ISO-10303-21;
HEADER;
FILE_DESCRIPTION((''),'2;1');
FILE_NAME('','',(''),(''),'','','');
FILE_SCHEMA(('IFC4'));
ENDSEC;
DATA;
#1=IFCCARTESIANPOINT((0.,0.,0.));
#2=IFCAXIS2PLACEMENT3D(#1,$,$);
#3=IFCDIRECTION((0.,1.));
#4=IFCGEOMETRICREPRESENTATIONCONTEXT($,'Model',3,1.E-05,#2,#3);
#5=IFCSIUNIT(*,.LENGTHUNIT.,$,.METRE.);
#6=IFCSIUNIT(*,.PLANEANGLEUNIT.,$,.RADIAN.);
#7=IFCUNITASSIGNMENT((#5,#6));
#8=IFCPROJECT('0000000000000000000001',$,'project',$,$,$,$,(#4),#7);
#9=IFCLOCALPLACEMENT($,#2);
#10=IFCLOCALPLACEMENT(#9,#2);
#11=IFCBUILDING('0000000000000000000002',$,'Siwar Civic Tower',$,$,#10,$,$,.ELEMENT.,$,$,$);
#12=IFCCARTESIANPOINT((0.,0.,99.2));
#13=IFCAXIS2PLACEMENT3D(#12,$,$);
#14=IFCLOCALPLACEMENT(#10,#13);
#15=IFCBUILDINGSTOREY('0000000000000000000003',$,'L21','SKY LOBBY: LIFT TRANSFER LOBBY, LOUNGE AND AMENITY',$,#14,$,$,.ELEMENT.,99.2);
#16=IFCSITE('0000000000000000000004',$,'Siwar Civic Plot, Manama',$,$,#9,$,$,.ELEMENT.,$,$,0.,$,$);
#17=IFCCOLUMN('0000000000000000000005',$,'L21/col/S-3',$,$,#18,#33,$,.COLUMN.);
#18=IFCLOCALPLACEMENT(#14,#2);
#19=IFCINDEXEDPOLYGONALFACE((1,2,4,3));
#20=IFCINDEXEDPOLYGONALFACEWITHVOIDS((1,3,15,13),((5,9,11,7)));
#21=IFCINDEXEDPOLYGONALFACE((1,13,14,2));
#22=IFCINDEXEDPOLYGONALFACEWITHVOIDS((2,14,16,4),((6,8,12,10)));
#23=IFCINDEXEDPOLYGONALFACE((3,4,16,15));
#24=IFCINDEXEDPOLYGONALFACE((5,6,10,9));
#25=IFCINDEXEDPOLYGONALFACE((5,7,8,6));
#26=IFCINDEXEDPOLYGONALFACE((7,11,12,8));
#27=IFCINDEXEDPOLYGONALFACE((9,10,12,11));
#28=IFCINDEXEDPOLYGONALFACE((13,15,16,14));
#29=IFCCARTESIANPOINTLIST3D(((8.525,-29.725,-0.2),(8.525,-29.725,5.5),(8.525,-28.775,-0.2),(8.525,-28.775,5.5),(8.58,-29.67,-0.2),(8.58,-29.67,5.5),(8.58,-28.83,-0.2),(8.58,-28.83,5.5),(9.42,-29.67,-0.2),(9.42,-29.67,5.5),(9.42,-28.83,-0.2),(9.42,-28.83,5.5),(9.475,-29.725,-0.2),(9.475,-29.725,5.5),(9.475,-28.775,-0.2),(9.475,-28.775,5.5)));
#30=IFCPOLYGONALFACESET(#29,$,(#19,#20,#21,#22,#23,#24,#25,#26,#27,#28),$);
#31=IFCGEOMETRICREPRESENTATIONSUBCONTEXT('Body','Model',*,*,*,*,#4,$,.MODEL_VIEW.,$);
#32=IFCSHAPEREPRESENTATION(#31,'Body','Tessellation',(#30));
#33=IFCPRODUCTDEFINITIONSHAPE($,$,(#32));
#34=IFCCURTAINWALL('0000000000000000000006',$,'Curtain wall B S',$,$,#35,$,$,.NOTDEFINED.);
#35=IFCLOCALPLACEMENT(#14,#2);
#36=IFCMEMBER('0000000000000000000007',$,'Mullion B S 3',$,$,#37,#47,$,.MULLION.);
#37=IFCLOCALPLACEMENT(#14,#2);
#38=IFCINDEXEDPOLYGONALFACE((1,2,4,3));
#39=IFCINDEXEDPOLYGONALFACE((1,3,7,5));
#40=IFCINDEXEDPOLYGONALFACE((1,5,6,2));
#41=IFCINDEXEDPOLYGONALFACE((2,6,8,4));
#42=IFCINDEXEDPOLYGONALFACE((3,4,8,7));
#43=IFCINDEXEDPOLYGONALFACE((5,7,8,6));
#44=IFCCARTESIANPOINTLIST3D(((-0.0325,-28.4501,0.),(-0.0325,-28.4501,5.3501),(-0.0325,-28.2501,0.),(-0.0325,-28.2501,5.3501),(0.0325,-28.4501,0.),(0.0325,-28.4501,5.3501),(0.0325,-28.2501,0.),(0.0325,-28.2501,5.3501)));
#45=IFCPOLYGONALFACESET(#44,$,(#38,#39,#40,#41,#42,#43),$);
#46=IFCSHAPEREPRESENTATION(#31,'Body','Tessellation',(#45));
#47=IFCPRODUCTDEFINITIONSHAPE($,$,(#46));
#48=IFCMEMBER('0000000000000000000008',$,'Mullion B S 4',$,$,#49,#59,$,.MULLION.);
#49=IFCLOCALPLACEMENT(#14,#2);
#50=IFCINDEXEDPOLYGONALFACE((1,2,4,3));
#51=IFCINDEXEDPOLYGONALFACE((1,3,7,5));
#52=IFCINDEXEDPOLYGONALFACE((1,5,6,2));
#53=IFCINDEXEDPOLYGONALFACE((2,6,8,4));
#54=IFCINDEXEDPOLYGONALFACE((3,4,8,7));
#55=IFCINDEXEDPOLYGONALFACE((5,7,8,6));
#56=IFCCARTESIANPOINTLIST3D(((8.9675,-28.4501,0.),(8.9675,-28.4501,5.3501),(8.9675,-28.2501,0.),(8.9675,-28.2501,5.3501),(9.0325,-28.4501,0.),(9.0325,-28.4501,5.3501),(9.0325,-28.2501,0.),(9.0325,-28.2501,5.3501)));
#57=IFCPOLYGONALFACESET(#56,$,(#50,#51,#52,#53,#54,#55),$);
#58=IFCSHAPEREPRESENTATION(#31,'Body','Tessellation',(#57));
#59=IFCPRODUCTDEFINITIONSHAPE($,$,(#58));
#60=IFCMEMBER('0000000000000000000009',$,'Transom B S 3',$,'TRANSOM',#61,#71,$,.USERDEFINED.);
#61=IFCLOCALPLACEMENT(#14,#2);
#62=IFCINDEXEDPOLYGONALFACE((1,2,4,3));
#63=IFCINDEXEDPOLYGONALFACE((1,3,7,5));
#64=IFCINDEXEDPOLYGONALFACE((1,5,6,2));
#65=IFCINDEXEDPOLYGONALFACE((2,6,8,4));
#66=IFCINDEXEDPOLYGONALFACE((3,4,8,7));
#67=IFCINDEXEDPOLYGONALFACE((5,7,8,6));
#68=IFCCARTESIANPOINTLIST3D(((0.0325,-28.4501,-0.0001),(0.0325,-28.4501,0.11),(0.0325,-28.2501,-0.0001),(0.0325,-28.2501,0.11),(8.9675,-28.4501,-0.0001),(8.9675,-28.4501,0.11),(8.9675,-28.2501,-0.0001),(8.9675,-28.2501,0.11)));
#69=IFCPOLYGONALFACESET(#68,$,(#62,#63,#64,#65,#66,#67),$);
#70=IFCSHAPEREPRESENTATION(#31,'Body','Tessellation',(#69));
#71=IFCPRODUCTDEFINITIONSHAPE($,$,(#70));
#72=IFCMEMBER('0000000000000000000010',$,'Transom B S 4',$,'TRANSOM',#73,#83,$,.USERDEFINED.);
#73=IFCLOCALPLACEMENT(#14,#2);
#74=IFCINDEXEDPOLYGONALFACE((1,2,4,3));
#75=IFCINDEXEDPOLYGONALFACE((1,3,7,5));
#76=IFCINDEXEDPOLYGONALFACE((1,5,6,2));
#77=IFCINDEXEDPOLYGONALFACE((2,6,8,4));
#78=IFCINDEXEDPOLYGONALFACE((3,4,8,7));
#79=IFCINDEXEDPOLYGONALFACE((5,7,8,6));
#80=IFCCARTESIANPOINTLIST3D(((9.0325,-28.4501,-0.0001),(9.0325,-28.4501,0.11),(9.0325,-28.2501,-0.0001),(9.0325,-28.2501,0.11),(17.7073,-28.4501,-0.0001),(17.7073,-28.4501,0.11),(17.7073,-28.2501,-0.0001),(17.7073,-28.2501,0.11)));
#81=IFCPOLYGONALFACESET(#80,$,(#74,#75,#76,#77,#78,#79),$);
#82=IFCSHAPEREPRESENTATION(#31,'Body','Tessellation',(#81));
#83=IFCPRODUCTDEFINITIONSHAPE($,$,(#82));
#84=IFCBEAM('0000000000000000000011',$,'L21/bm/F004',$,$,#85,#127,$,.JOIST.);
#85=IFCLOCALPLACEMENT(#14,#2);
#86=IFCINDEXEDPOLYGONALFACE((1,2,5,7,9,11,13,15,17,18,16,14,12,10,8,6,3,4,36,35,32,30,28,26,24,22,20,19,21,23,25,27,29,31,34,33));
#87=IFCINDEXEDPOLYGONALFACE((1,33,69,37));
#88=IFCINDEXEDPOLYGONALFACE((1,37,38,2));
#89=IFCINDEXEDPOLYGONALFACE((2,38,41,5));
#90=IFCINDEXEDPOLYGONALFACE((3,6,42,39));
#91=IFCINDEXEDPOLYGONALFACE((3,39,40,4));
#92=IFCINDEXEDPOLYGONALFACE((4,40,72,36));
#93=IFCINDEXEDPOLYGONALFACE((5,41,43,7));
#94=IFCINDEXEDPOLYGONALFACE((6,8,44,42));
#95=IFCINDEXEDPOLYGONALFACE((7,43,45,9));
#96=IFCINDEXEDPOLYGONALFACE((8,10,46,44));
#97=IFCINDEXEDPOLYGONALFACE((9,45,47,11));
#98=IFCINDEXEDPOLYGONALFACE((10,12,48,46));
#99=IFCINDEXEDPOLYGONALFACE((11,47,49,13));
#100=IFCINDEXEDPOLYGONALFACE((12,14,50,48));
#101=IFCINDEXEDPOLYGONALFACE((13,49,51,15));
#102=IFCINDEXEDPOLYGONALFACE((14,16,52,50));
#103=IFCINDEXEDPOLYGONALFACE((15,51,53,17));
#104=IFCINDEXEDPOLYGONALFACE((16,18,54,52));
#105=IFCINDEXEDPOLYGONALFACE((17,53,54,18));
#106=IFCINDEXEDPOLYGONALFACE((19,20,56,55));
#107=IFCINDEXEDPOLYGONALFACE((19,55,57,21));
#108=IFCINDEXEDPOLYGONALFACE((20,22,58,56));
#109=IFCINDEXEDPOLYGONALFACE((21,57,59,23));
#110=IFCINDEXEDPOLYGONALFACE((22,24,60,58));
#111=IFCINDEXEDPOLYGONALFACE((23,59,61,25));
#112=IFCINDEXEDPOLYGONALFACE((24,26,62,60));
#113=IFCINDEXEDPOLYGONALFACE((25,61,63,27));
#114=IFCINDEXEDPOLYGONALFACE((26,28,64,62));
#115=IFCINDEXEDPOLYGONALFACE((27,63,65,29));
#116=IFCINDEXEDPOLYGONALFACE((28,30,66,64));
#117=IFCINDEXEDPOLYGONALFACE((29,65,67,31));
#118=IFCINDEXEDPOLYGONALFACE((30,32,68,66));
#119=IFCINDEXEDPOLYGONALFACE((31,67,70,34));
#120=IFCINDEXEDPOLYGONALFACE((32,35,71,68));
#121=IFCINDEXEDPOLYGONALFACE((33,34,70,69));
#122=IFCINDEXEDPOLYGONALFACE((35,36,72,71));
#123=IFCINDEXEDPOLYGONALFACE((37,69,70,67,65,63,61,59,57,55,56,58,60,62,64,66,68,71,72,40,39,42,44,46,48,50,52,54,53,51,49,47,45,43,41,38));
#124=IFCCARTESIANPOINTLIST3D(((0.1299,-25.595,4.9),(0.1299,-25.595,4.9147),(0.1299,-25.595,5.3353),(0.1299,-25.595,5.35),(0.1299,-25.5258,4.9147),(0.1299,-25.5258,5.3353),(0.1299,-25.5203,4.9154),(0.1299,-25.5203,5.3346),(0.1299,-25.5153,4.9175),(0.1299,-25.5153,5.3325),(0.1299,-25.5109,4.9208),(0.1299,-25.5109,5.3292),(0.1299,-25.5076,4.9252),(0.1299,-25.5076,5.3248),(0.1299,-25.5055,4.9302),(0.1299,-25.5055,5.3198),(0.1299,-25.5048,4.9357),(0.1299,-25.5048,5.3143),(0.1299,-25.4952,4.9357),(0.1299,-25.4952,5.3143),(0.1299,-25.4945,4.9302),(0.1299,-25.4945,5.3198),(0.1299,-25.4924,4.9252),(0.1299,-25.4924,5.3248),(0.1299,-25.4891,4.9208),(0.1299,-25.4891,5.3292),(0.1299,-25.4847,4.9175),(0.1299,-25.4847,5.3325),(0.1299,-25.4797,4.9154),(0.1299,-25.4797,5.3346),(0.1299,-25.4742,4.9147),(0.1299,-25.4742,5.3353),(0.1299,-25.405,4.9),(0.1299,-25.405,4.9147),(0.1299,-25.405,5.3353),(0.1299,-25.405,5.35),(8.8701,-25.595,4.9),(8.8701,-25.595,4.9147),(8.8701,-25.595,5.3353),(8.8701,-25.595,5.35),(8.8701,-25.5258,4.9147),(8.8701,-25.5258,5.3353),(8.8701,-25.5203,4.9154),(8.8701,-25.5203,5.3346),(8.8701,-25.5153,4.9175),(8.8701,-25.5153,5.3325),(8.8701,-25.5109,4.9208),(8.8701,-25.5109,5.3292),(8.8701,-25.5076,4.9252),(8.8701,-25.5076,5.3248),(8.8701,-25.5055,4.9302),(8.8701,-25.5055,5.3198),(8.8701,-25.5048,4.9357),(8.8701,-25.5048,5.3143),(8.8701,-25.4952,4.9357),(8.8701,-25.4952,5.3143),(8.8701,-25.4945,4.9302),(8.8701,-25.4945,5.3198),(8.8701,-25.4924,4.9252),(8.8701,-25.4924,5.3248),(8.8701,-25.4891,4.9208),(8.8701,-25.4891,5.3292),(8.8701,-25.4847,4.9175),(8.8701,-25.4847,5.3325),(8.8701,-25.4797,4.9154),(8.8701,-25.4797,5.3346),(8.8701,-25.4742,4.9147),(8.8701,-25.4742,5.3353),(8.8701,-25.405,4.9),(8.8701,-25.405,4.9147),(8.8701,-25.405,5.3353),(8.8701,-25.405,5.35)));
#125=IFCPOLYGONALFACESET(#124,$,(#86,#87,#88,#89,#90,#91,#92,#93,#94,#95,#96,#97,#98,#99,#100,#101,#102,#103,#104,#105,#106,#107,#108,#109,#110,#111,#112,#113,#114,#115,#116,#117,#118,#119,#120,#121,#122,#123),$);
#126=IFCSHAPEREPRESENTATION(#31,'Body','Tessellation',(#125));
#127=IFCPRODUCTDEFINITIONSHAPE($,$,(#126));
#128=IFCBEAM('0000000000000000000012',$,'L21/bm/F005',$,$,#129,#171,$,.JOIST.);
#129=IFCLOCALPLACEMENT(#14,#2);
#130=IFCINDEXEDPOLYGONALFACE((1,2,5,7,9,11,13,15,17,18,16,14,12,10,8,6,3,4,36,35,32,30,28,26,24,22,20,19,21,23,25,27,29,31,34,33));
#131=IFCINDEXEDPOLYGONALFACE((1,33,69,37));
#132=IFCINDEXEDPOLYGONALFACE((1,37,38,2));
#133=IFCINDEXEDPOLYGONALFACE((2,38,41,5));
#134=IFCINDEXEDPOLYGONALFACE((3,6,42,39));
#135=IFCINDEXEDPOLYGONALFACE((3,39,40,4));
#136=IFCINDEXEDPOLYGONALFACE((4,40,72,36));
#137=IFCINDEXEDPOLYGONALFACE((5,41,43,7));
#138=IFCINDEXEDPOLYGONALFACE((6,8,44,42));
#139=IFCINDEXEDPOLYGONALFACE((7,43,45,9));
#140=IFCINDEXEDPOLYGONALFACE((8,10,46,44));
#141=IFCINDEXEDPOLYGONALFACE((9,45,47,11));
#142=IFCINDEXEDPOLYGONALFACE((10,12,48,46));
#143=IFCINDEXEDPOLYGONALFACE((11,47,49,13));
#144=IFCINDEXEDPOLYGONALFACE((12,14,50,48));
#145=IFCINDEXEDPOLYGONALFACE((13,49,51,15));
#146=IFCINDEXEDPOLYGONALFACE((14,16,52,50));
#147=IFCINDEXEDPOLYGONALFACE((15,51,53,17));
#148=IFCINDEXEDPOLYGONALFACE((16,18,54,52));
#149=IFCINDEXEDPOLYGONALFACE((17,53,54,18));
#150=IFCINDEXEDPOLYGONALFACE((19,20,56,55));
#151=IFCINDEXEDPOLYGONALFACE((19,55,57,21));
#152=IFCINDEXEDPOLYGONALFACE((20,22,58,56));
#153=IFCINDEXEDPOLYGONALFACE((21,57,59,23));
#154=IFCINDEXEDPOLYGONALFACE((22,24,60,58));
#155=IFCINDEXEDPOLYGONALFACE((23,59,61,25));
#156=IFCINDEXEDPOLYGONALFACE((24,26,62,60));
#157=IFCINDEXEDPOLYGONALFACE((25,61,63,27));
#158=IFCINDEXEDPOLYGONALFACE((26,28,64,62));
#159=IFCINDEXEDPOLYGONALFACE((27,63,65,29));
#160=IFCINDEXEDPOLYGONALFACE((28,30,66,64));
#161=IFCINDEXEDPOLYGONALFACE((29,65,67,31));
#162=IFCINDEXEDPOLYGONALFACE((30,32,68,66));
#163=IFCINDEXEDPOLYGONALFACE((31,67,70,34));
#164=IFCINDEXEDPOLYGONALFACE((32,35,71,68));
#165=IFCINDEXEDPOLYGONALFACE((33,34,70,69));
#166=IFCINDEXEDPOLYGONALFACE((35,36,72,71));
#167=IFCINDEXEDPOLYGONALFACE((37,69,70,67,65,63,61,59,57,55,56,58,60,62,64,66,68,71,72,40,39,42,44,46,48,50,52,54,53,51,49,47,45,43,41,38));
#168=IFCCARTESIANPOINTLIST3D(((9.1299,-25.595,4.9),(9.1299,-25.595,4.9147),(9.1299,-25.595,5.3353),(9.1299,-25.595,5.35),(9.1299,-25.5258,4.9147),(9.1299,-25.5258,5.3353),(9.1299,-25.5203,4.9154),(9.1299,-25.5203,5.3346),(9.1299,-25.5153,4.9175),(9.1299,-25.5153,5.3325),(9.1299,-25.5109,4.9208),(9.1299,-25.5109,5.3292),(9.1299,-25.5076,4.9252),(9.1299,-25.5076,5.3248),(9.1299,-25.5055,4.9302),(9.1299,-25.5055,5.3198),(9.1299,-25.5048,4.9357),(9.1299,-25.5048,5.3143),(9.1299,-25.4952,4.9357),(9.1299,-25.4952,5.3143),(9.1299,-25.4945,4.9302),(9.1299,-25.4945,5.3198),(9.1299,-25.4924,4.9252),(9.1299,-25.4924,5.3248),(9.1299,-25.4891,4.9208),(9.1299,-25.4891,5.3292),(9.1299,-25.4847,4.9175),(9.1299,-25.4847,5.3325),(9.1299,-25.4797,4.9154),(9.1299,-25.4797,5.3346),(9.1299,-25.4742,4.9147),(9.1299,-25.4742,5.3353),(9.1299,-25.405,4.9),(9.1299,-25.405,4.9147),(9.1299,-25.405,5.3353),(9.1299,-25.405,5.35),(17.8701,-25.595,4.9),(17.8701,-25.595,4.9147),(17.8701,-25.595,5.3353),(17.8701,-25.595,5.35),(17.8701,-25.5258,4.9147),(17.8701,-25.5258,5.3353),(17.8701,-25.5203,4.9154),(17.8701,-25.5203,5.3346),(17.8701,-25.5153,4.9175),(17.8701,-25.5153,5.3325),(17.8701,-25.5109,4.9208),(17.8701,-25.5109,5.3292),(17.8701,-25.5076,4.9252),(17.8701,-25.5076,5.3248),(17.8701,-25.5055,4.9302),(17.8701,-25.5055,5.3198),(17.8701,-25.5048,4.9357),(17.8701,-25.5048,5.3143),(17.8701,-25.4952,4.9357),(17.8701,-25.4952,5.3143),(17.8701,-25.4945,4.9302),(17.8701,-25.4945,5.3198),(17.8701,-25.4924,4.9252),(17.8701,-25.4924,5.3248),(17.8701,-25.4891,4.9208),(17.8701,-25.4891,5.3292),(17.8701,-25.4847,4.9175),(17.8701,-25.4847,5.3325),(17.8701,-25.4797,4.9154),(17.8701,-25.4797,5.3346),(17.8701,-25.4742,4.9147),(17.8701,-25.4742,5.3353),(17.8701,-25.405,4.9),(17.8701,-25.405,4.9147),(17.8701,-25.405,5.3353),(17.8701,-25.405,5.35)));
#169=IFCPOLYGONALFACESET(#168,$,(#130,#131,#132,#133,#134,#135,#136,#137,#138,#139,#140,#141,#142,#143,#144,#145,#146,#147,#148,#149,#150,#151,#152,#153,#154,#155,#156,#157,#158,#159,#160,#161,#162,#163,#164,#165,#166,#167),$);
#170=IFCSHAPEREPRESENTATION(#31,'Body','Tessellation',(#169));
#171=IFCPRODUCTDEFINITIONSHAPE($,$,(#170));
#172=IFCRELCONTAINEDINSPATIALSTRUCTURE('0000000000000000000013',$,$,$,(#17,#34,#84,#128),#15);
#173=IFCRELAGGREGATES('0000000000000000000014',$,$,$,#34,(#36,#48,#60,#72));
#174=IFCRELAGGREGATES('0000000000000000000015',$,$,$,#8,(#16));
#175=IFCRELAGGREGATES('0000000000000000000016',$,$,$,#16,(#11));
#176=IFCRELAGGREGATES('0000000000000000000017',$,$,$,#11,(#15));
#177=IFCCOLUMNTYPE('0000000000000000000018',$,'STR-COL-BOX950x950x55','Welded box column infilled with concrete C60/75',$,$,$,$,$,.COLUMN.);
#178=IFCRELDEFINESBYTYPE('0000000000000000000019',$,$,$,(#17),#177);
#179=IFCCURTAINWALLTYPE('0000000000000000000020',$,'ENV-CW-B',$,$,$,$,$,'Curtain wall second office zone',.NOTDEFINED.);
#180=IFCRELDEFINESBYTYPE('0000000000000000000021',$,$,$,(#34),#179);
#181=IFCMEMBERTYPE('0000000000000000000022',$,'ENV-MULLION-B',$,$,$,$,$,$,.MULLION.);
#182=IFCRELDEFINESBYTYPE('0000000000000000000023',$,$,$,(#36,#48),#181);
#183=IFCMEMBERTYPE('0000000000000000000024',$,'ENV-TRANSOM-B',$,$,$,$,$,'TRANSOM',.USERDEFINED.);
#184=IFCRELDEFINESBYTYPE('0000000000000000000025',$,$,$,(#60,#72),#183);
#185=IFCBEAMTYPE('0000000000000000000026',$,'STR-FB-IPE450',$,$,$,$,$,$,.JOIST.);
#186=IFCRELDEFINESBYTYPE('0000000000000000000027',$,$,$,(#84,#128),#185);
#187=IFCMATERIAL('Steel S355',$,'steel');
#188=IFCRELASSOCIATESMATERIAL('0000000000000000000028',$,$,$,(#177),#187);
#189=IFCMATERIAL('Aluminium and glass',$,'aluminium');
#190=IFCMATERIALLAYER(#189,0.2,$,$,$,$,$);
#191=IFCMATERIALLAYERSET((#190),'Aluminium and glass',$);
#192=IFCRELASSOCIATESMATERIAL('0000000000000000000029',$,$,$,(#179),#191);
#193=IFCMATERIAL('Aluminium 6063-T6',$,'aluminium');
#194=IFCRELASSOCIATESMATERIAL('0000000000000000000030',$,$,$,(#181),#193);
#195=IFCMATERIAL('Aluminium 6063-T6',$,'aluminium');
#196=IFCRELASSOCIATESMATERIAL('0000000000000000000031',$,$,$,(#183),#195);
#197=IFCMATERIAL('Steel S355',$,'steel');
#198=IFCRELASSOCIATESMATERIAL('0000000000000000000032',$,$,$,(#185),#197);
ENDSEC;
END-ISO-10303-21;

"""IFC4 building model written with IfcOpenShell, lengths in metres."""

from ifc_helpers import new_model, si_unit, direction, frame, origin, origin_2d, place, context, subcontext, project, spatial, rectangle, hollow_rectangle, i_section, extrude, material, layer, layer_set, material_profile, profile_set, type_object, element, aggregate, save


model = new_model("IFC4")

# Units and contexts
model_context = context("Model", 3, precision=1e-05, world=origin(), true_north=direction((0.0, 1.0)))
body_context = subcontext(model_context, "Body", "Model", "MODEL_VIEW")
ifc_project = project(units=[si_unit("LENGTHUNIT", "METRE"), si_unit("PLANEANGLEUNIT", "RADIAN")], contexts=[model_context])

# Site, building, storey
site_placement = place(None, origin())
site = spatial("IfcSite", under=ifc_project, at=site_placement, Name="Siwar Civic Plot, Manama", CompositionType="ELEMENT", RefElevation=0.0)
building_placement = place(site_placement, origin())
building = spatial("IfcBuilding", under=site, at=building_placement, Name="Siwar Civic Tower", CompositionType="ELEMENT")
storey_placement = place(building_placement, frame((0.0, 0.0, 99.2)))
storey = spatial("IfcBuildingStorey", under=building, at=storey_placement, Name="L21", Description="SKY LOBBY: LIFT TRANSFER LOBBY, LOUNGE AND AMENITY", CompositionType="ELEMENT", Elevation=99.2)

# Column
ifc_material_1 = material(Name="Steel S355", Category="steel")
ifc_material_profile_1 = material_profile(ifc_material_1, hollow_rectangle(XDim=0.95, YDim=0.95, WallThickness=0.0549, at=origin_2d()), Name="BOX950x950x55")
ifc_profile_set_1 = profile_set([ifc_material_profile_1], Name="Steel S355")
column_type = type_object("IfcColumnType", Name="STR-COL-BOX950x950x55", Description="Welded box column infilled with concrete C60/75", PredefinedType="COLUMN", material=ifc_profile_set_1)
column_placement = place(storey_placement, frame((9.0, -29.25, -0.2), z_axis=(0.0, 0.0, 1.0), x_axis=(1.0, 0.0, 0.0)))
element("IfcColumn", 1, at=column_placement, inside=storey, type_object=column_type, Name="L21/col/S-3", PredefinedType="COLUMN", context=body_context, shape_type="SweptSolid", body=[
    extrude(hollow_rectangle(XDim=0.95, YDim=0.95, WallThickness=0.0549, at=origin_2d()), origin(), (0.0, 0.0, 1.0), 5.7),
])

# Curtain wall, members
ifc_material_2 = material(Name="Aluminium and glass", Category="aluminium")
ifc_layer_1 = layer(ifc_material_2, 0.2)
ifc_layer_set_1 = layer_set([ifc_layer_1], Name="Aluminium and glass")
curtain_wall_type = type_object("IfcCurtainWallType", Name="ENV-CW-B", ElementType="Curtain wall second office zone", PredefinedType="NOTDEFINED", material=ifc_layer_set_1)
curtain_wall_placement = place(storey_placement, origin())
curtain_wall = element("IfcCurtainWall", 2, at=curtain_wall_placement, inside=storey, type_object=curtain_wall_type, Name="Curtain wall B S", PredefinedType="NOTDEFINED")
ifc_material_3 = material(Name="Aluminium 6063-T6", Category="aluminium")
ifc_material_profile_2 = material_profile(ifc_material_3, rectangle(XDim=0.2, YDim=0.0649, at=origin_2d()), Name="AL 200x65")
ifc_profile_set_2 = profile_set([ifc_material_profile_2], Name="Aluminium 6063-T6")
member_type_1 = type_object("IfcMemberType", Name="ENV-MULLION-B", PredefinedType="MULLION", material=ifc_profile_set_2)
member_1_placement = place(storey_placement, frame((0.0, -28.3501, 0.0), z_axis=(0.0, 0.0, 1.0), x_axis=(0.0, 1.0, 0.0)))
member_1 = element("IfcMember", 3, at=member_1_placement, type_object=member_type_1, Name="Mullion B S 3", PredefinedType="MULLION", context=body_context, shape_type="SweptSolid", body=[
    extrude(rectangle(XDim=0.2, YDim=0.0649, at=origin_2d()), origin(), (0.0, 0.0, 1.0), 5.3501),
])
member_2_placement = place(storey_placement, frame((9.0, -28.3501, 0.0), z_axis=(0.0, 0.0, 1.0), x_axis=(0.0, 1.0, 0.0)))
member_2 = element("IfcMember", 4, at=member_2_placement, type_object=member_type_1, Name="Mullion B S 4", PredefinedType="MULLION", context=body_context, shape_type="SweptSolid", body=[
    extrude(rectangle(XDim=0.2, YDim=0.0649, at=origin_2d()), origin(), (0.0, 0.0, 1.0), 5.3501),
])
ifc_material_4 = material(Name="Aluminium 6063-T6", Category="aluminium")
ifc_material_profile_3 = material_profile(ifc_material_4, rectangle(XDim=0.2, YDim=0.1101, at=origin_2d()), Name="AL 200x110")
ifc_profile_set_3 = profile_set([ifc_material_profile_3], Name="Aluminium 6063-T6")
member_type_2 = type_object("IfcMemberType", Name="ENV-TRANSOM-B", ElementType="TRANSOM", PredefinedType="USERDEFINED", material=ifc_profile_set_3)
member_3_placement = place(storey_placement, frame((0.0325, -28.3501, 0.0549), z_axis=(1.0, 0.0, 0.0), x_axis=(0.0, 1.0, 0.0)))
member_3 = element("IfcMember", 5, at=member_3_placement, type_object=member_type_2, Name="Transom B S 3", ObjectType="TRANSOM", PredefinedType="USERDEFINED", context=body_context, shape_type="SweptSolid", body=[
    extrude(rectangle(XDim=0.2, YDim=0.1101, at=origin_2d()), origin(), (0.0, 0.0, 1.0), 8.9351),
])
member_4_placement = place(storey_placement, frame((9.0325, -28.3501, 0.0549), z_axis=(1.0, 0.0, 0.0), x_axis=(0.0, 1.0, 0.0)))
member_4 = element("IfcMember", 6, at=member_4_placement, type_object=member_type_2, Name="Transom B S 4", ObjectType="TRANSOM", PredefinedType="USERDEFINED", context=body_context, shape_type="SweptSolid", body=[
    extrude(rectangle(XDim=0.2, YDim=0.1101, at=origin_2d()), origin(), (0.0, 0.0, 1.0), 8.6748),
])

# Beams
ifc_material_5 = material(Name="Steel S355", Category="steel")
ifc_material_profile_4 = material_profile(ifc_material_5, i_section(OverallWidth=0.1899, OverallDepth=0.45, WebThickness=0.0095, FlangeThickness=0.0146, FilletRadius=0.021, at=origin_2d()), Name="IPE450")
ifc_profile_set_4 = profile_set([ifc_material_profile_4], Name="Steel S355")
beam_type_1 = type_object("IfcBeamType", Name="STR-FB-IPE450", PredefinedType="JOIST", material=ifc_profile_set_4)
for number, where, z_axis, x_axis, name in (
    (7, (0.1299, -25.5, 5.125), (1.0, 0.0, 0.0), (0.0, 1.0, 0.0), "L21/bm/F004"),
    (8, (9.1299, -25.5, 5.125), (1.0, 0.0, 0.0), (0.0, 1.0, 0.0), "L21/bm/F005"),
):
    element("IfcBeam", number, at=place(storey_placement, frame(where, z_axis=z_axis, x_axis=x_axis)), inside=storey, type_object=beam_type_1, Name=name, PredefinedType="JOIST", context=body_context, shape_type="SweptSolid", body=[
        extrude(i_section(OverallWidth=0.1899, OverallDepth=0.45, WebThickness=0.0095, FlangeThickness=0.0146, FilletRadius=0.021, at=origin_2d()), origin(), (0.0, 0.0, 1.0), 8.7402),
    ])

aggregate(curtain_wall, [member_1, member_2, member_3, member_4])

save(model, "model.ifc")
